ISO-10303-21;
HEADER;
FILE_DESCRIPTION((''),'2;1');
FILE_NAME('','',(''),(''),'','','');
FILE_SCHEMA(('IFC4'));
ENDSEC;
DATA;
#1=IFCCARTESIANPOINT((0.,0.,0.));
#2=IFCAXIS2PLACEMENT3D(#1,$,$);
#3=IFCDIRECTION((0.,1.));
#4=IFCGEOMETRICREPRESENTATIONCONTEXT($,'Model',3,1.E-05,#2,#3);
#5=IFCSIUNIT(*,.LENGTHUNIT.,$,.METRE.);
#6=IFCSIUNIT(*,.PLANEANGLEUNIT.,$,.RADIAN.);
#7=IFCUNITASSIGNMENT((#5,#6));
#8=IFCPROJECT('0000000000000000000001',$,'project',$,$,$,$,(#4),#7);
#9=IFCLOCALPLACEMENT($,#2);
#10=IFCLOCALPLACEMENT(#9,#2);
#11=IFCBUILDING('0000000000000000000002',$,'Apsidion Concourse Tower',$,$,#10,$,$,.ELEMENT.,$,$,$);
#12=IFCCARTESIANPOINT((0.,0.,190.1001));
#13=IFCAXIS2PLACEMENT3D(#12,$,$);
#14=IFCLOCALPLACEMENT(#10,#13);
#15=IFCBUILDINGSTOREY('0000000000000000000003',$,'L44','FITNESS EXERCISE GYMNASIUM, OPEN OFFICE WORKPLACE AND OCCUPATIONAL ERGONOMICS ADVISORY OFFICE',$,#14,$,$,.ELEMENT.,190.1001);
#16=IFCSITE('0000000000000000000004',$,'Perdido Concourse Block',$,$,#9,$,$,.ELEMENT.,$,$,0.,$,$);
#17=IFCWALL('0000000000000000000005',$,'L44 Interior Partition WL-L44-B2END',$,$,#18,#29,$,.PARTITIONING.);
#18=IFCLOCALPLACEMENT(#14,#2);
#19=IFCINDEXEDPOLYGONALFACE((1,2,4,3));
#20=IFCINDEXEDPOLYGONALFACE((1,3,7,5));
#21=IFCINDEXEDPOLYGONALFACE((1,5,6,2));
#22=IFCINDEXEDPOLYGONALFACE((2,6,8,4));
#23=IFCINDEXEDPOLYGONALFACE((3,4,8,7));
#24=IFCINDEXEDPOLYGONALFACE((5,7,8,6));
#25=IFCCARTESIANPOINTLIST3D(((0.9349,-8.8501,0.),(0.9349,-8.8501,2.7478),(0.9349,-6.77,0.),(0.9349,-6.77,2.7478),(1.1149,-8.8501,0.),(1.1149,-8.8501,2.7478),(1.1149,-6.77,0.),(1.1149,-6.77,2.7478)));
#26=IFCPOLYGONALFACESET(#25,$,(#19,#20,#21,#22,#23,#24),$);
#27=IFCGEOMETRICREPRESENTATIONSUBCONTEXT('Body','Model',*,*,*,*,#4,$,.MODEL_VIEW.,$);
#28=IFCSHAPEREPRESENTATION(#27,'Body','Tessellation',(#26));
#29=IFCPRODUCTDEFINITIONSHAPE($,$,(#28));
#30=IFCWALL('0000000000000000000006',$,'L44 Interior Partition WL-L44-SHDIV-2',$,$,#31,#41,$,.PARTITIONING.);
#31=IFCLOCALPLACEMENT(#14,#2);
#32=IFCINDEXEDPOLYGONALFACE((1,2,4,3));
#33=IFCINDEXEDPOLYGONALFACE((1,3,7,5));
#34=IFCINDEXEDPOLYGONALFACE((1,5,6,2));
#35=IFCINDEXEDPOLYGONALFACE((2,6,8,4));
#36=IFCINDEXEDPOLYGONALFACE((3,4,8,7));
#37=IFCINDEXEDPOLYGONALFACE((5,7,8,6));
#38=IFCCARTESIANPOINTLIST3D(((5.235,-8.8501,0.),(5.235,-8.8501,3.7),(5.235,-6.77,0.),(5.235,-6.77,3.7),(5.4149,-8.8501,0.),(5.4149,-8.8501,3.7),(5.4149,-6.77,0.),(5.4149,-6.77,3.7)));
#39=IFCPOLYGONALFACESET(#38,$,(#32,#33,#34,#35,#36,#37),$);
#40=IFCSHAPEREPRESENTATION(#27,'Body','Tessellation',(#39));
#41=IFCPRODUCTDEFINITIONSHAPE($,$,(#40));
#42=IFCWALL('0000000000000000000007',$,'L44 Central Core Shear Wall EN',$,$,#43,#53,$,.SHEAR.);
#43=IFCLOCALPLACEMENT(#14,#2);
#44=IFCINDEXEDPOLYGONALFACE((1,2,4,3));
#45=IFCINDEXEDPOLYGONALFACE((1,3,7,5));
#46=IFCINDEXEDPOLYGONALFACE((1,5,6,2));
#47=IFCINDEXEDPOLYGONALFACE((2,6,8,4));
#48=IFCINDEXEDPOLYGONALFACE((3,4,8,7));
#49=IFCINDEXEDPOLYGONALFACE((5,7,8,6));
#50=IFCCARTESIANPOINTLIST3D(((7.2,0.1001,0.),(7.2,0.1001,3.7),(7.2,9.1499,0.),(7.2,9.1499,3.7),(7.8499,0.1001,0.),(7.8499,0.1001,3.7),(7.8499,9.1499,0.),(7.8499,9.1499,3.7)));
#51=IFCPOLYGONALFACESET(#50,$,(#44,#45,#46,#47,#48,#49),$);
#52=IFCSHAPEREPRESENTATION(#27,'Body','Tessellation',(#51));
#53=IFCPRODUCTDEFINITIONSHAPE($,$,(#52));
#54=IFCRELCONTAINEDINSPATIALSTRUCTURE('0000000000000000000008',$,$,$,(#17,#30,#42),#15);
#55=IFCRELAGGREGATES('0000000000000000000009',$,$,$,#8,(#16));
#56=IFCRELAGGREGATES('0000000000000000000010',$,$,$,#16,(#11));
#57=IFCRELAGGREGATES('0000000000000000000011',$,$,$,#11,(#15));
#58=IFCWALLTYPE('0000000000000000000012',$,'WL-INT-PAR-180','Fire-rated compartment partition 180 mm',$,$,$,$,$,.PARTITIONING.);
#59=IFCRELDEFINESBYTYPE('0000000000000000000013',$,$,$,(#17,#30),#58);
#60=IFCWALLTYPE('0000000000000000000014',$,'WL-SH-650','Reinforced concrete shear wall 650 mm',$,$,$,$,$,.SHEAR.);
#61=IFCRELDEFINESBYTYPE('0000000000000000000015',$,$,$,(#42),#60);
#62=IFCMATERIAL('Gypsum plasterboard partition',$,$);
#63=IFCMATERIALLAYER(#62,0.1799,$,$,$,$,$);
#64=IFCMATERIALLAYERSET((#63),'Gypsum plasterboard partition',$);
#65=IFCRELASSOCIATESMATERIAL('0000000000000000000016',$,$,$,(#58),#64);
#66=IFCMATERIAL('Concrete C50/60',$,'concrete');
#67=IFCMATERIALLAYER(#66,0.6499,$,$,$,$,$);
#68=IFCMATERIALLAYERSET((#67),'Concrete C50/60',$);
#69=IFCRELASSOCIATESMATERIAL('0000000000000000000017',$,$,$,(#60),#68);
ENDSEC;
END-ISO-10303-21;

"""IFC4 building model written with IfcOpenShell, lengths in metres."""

from ifc_helpers import new_model, si_unit, direction, frame, frame_2d, origin, place, context, subcontext, project, spatial, rectangle, extrude, material, layer, layer_set, type_object, element, save


model = new_model("IFC4")

# Units and contexts
model_context = context("Model", 3, precision=1e-05, world=origin(), true_north=direction((0.0, 1.0)))
body_context = subcontext(model_context, "Body", "Model", "MODEL_VIEW")
ifc_project = project(units=[si_unit("LENGTHUNIT", "METRE"), si_unit("PLANEANGLEUNIT", "RADIAN")], contexts=[model_context])

# Site, building, storey
site_placement = place(None, origin())
site = spatial("IfcSite", under=ifc_project, at=site_placement, Name="Perdido Concourse Block", CompositionType="ELEMENT", RefElevation=0.0)
building_placement = place(site_placement, origin())
building = spatial("IfcBuilding", under=site, at=building_placement, Name="Apsidion Concourse Tower", CompositionType="ELEMENT")
storey_placement = place(building_placement, frame((0.0, 0.0, 190.1001)))
storey = spatial("IfcBuildingStorey", under=building, at=storey_placement, Name="L44", Description="FITNESS EXERCISE GYMNASIUM, OPEN OFFICE WORKPLACE AND OCCUPATIONAL ERGONOMICS ADVISORY OFFICE", CompositionType="ELEMENT", Elevation=190.1001)

# Shared definitions
ifc_material_1 = material(Name="Concrete C50/60", Category="concrete")

# Walls
ifc_material_2 = material(Name="Gypsum plasterboard partition")
ifc_layer_1 = layer(ifc_material_2, 0.1799)
ifc_layer_set_1 = layer_set([ifc_layer_1], Name="Gypsum plasterboard partition")
wall_type_1 = type_object("IfcWallType", Name="WL-INT-PAR-180", Description="Fire-rated compartment partition 180 mm", PredefinedType="PARTITIONING", material=ifc_layer_set_1)
wall_1_placement = place(storey_placement, frame((1.0249, -8.8501, 0.0), z_axis=(0.0, 0.0, 1.0), x_axis=(0.0, 1.0, 0.0)))
element("IfcWall", 1, at=wall_1_placement, inside=storey, type_object=wall_type_1, Name="L44 Interior Partition WL-L44-B2END", PredefinedType="PARTITIONING", context=body_context, shape_type="SweptSolid", body=[
    extrude(rectangle(XDim=2.0801, YDim=0.1799, at=frame_2d((1.04, 0.0))), origin(), (0.0, 0.0, 1.0), 2.7478),
])
wall_2_placement = place(storey_placement, frame((5.325, -8.8501, 0.0), z_axis=(0.0, 0.0, 1.0), x_axis=(0.0, 1.0, 0.0)))
element("IfcWall", 2, at=wall_2_placement, inside=storey, type_object=wall_type_1, Name="L44 Interior Partition WL-L44-SHDIV-2", PredefinedType="PARTITIONING", context=body_context, shape_type="SweptSolid", body=[
    extrude(rectangle(XDim=2.0801, YDim=0.1799, at=frame_2d((1.04, 0.0))), origin(), (0.0, 0.0, 1.0), 3.7),
])

# Wall
ifc_layer_2 = layer(ifc_material_1, 0.6499)
ifc_layer_set_2 = layer_set([ifc_layer_2], Name="Concrete C50/60")
wall_type_2 = type_object("IfcWallType", Name="WL-SH-650", Description="Reinforced concrete shear wall 650 mm", PredefinedType="SHEAR", material=ifc_layer_set_2)
wall_3_placement = place(storey_placement, frame((7.5249, 0.1001, 0.0), z_axis=(0.0, 0.0, 1.0), x_axis=(0.0, 1.0, 0.0)))
element("IfcWall", 3, at=wall_3_placement, inside=storey, type_object=wall_type_2, Name="L44 Central Core Shear Wall EN", PredefinedType="SHEAR", context=body_context, shape_type="SweptSolid", body=[
    extrude(rectangle(XDim=9.0498, YDim=0.6499, at=frame_2d((4.5249, 0.0))), origin(), (0.0, 0.0, 1.0), 3.7),
])

save(model, "model.ifc")
